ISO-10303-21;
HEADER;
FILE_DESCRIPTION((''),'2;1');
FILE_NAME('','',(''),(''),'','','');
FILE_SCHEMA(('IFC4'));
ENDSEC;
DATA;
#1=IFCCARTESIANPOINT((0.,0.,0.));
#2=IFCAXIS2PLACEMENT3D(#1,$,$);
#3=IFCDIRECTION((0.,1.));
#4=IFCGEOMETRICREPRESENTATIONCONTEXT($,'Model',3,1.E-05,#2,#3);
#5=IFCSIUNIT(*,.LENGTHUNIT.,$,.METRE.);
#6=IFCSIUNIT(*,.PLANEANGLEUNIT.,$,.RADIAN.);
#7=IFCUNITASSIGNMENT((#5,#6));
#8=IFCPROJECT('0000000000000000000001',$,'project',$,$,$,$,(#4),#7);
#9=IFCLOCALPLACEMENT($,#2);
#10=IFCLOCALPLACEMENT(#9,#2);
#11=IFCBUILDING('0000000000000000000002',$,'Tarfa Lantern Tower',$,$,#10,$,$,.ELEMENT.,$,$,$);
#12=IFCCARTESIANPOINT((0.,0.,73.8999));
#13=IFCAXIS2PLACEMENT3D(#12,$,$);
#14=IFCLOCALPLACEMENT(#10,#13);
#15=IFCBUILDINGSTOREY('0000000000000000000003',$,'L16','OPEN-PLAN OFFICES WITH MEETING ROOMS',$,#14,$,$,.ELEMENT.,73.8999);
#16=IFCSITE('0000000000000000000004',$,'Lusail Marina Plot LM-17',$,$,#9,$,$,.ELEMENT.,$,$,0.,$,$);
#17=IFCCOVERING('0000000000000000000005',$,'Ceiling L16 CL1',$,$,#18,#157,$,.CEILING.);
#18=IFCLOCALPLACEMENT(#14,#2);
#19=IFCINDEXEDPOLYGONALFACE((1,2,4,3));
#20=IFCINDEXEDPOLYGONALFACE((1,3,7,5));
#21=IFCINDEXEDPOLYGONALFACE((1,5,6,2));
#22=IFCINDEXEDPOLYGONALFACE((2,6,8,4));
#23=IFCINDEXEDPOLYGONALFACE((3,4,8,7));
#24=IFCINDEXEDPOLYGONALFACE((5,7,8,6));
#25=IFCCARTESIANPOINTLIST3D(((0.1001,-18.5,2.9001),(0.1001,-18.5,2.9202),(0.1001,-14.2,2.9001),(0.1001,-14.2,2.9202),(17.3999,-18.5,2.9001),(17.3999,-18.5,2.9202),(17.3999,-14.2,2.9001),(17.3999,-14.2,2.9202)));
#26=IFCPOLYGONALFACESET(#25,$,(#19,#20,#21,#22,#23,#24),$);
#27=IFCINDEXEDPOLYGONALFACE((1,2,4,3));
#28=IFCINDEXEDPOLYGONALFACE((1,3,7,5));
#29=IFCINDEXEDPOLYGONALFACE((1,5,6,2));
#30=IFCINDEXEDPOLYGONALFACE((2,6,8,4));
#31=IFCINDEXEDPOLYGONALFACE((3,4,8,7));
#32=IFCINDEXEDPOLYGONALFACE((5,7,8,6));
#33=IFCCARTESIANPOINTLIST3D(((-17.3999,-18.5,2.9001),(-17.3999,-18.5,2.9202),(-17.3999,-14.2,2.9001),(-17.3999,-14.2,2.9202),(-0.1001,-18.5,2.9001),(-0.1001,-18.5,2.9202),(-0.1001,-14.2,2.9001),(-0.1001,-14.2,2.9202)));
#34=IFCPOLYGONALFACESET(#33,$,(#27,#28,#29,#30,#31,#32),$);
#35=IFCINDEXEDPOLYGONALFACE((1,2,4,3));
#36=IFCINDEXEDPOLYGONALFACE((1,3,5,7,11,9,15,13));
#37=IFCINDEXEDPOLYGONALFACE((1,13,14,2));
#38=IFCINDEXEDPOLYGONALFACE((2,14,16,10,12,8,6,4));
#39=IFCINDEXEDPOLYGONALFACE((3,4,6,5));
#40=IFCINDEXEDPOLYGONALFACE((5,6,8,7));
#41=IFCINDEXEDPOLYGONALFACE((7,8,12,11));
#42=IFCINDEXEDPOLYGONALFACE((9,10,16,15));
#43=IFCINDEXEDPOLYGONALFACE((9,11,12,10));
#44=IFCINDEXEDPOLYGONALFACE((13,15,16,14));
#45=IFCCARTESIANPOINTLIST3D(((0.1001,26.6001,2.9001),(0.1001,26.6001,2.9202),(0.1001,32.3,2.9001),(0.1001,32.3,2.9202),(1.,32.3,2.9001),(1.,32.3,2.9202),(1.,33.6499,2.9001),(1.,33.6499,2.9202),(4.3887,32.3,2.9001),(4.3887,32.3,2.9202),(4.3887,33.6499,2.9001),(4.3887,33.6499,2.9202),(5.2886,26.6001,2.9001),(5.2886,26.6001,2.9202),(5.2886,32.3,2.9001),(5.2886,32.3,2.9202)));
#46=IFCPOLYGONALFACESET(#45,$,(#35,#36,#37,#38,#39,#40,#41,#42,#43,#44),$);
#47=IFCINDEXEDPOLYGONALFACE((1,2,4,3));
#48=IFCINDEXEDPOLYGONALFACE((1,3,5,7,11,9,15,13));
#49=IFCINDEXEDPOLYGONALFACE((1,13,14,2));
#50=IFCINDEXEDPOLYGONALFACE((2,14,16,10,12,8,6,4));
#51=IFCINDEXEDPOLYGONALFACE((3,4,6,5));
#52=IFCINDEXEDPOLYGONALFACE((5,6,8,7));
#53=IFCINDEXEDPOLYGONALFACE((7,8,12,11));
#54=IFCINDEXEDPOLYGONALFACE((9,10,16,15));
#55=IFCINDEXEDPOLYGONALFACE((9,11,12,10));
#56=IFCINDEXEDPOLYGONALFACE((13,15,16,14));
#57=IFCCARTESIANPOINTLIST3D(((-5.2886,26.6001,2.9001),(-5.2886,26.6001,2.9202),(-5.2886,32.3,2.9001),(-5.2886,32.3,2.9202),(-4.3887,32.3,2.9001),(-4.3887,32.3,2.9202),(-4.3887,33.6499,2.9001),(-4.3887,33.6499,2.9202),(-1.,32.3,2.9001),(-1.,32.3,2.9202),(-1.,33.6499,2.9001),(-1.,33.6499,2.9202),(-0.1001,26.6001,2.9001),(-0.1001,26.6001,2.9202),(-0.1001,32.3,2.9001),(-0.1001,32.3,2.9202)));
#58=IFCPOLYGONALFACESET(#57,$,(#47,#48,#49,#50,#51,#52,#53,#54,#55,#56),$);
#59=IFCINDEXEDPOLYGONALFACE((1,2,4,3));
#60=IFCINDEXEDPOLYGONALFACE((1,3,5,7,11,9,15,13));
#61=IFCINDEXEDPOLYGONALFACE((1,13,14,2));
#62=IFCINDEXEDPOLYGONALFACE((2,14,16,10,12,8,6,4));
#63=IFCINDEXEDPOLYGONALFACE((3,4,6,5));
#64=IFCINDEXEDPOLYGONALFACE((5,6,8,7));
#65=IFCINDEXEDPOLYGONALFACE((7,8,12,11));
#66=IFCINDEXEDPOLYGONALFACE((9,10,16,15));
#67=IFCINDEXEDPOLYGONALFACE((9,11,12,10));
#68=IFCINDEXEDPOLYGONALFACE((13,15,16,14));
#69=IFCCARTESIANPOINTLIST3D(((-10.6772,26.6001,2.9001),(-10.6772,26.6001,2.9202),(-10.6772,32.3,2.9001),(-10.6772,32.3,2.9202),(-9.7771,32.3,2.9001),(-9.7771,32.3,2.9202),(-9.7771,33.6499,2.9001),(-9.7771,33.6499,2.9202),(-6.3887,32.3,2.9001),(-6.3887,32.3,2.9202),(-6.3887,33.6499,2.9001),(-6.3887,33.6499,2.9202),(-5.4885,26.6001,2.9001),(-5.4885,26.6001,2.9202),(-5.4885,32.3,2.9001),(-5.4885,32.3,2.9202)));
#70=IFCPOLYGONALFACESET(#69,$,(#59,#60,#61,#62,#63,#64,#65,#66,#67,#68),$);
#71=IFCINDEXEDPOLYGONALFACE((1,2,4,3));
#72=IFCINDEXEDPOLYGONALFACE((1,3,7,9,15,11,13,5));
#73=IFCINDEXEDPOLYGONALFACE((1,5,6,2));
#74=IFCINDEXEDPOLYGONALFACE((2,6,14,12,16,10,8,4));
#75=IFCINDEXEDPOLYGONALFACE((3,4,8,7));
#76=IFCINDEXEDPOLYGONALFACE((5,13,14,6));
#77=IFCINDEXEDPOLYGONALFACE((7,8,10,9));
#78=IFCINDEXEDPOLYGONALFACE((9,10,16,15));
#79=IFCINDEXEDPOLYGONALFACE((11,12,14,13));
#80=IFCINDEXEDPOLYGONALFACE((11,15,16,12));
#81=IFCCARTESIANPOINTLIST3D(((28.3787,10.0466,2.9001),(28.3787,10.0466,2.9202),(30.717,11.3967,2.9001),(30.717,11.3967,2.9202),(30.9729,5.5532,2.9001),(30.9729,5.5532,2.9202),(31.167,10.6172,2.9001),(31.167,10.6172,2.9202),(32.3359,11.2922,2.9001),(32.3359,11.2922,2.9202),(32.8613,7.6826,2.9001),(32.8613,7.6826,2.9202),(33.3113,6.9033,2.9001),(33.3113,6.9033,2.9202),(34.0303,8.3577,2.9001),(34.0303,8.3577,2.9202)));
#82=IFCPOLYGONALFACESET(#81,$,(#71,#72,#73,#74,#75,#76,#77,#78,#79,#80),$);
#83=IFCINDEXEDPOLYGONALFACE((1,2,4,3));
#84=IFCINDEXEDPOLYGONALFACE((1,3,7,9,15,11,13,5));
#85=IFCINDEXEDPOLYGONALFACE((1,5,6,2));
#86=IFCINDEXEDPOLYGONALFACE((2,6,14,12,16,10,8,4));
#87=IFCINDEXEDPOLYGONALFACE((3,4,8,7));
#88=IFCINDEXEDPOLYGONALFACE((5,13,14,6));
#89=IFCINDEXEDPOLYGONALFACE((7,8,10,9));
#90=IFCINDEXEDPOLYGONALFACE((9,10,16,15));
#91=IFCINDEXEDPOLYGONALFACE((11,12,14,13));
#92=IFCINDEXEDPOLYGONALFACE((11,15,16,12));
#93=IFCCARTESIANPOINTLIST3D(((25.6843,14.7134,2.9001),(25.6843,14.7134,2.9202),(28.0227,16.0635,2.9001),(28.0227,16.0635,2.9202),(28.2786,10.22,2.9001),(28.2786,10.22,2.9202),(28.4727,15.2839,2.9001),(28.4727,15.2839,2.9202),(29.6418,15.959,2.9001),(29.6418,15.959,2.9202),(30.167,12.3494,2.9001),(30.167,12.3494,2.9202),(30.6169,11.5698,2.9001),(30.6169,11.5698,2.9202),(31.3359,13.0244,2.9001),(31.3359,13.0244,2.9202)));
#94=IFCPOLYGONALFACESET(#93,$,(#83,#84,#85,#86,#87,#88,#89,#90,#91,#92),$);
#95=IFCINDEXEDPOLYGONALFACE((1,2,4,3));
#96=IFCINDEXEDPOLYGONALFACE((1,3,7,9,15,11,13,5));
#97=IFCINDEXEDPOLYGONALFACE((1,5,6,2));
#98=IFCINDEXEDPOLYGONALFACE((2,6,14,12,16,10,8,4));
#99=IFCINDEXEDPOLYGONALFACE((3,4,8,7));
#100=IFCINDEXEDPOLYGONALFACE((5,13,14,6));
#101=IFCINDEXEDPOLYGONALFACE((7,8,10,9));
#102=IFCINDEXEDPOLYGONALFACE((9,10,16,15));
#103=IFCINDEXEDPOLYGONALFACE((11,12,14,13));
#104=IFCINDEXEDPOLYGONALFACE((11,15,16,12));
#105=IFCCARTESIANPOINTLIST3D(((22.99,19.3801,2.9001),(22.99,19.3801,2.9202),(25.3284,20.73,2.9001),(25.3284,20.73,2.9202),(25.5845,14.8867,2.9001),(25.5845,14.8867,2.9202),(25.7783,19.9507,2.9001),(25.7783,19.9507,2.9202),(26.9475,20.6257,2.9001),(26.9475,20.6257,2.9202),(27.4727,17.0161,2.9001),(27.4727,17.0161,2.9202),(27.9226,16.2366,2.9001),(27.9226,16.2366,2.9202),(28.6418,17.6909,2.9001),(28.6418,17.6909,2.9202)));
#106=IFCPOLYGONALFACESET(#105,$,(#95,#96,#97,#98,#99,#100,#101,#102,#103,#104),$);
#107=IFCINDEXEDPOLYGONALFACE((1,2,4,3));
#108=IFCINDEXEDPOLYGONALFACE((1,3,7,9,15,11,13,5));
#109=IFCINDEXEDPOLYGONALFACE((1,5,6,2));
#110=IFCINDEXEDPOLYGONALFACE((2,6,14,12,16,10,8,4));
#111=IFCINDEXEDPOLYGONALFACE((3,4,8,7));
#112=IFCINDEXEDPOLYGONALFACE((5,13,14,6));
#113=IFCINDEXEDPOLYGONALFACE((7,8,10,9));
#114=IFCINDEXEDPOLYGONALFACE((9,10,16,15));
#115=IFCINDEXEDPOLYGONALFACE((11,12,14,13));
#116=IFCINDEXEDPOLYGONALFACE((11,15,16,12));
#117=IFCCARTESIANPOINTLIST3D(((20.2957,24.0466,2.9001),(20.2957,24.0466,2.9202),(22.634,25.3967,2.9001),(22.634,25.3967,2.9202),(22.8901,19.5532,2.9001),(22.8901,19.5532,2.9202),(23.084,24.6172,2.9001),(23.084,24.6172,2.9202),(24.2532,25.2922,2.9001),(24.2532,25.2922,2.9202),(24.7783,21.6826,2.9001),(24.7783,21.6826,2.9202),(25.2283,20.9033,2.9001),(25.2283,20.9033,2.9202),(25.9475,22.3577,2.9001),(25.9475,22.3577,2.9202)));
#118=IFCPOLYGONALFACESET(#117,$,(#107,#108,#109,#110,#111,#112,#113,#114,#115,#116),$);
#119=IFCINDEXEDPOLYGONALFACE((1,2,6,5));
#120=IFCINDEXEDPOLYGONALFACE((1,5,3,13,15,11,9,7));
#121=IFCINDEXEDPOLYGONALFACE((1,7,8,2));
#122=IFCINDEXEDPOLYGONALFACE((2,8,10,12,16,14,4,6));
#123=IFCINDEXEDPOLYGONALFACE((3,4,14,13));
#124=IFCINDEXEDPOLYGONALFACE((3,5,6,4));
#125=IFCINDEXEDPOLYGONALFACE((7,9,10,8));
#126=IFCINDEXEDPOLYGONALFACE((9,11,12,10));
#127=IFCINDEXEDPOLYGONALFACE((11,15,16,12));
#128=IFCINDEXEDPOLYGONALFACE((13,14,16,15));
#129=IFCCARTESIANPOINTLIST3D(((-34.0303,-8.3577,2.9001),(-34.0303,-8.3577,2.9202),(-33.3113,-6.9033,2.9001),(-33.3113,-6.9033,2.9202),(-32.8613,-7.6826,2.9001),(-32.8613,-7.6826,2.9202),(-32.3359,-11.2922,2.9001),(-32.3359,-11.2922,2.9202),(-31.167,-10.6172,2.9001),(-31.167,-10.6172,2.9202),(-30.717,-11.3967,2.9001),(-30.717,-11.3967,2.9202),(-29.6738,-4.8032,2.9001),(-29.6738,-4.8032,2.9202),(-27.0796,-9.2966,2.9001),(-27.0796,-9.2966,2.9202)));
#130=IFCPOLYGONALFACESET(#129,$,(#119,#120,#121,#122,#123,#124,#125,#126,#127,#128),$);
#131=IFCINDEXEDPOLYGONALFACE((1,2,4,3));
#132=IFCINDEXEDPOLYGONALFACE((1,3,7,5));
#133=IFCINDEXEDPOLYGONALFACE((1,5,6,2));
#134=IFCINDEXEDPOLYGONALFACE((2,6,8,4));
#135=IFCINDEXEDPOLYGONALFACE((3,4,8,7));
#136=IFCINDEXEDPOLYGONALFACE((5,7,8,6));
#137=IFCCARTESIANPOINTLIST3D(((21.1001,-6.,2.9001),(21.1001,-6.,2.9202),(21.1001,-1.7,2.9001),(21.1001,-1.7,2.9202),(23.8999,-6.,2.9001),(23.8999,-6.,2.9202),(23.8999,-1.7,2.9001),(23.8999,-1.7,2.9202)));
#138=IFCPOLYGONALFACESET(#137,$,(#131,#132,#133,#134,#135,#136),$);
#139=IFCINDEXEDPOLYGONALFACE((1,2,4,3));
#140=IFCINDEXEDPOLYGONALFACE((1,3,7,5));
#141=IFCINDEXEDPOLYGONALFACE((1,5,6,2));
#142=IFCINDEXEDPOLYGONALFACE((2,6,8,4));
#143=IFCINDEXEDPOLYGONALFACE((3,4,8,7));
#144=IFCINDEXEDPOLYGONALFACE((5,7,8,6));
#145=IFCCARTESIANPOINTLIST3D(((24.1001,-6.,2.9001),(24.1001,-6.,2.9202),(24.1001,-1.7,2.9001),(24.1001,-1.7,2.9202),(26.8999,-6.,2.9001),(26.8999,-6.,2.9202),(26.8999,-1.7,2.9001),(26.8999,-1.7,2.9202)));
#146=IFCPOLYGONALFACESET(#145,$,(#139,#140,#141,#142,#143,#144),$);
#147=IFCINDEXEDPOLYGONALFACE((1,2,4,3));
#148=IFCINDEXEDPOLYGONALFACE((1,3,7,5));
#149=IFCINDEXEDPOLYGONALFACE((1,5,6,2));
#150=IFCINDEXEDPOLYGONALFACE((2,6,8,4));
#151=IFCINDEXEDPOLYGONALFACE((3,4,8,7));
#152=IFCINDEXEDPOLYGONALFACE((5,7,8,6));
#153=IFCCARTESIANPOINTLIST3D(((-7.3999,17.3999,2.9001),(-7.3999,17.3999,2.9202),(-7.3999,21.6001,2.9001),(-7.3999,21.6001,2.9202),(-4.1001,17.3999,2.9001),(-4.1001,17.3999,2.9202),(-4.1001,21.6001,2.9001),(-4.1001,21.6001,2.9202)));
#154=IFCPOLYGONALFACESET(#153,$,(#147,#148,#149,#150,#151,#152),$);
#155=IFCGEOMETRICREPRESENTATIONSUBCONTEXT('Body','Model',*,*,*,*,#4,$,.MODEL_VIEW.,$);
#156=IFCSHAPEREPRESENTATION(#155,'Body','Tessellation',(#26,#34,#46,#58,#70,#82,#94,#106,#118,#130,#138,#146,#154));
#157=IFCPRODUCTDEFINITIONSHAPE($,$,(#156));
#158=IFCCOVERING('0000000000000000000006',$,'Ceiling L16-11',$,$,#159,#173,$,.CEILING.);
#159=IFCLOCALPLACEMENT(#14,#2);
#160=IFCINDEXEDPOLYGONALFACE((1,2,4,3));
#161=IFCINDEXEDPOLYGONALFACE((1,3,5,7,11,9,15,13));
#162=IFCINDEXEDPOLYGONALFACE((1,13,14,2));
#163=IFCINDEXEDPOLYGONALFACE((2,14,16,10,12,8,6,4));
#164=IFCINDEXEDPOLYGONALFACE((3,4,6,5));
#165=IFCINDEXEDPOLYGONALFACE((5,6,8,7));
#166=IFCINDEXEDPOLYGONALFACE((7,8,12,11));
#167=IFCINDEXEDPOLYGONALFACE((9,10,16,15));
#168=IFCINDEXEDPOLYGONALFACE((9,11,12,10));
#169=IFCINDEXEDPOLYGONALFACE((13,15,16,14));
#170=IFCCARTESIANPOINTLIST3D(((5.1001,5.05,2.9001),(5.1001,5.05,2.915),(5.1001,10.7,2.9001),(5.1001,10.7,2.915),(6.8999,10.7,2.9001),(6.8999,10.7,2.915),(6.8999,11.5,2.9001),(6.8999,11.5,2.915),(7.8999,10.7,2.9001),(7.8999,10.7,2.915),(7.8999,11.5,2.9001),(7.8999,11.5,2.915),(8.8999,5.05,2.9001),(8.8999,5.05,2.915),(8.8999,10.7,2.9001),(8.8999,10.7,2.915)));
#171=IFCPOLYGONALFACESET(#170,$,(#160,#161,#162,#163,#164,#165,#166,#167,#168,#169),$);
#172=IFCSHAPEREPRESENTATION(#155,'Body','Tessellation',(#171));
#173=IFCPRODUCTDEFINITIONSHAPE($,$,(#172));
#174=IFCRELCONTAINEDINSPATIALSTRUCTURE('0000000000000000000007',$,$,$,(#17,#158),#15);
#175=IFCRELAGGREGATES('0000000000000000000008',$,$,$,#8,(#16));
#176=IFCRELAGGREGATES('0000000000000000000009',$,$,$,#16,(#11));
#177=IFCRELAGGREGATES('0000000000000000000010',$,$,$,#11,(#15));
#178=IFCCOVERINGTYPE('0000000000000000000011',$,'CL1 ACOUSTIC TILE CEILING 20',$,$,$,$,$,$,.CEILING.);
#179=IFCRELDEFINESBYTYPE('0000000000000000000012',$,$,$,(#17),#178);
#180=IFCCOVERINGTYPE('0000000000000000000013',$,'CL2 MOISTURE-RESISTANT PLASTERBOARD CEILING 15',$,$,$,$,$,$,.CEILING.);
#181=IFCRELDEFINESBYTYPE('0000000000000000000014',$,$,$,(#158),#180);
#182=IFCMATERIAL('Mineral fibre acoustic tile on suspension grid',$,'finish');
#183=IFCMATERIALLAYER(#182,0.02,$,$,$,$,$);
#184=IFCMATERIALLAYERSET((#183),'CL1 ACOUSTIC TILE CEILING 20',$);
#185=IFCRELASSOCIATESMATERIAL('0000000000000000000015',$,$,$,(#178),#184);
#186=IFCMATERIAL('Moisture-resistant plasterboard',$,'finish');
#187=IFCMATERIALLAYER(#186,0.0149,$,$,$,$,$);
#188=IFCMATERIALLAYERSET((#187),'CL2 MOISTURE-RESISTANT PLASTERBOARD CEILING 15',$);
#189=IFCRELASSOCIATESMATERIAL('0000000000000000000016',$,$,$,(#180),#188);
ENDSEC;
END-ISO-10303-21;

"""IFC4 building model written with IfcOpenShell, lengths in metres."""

from ifc_helpers import new_model, si_unit, direction, frame, origin, place, context, subcontext, project, spatial, polyline, outline, extrude, material, layer, layer_set, type_object, element, save


model = new_model("IFC4")

# Units and contexts
model_context = context("Model", 3, precision=1e-05, world=origin(), true_north=direction((0.0, 1.0)))
body_context = subcontext(model_context, "Body", "Model", "MODEL_VIEW")
ifc_project = project(units=[si_unit("LENGTHUNIT", "METRE"), si_unit("PLANEANGLEUNIT", "RADIAN")], contexts=[model_context])

# Site, building, storey
site_placement = place(None, origin())
site = spatial("IfcSite", under=ifc_project, at=site_placement, Name="Lusail Marina Plot LM-17", CompositionType="ELEMENT", RefElevation=0.0)
building_placement = place(site_placement, origin())
building = spatial("IfcBuilding", under=site, at=building_placement, Name="Tarfa Lantern Tower", CompositionType="ELEMENT")
storey_placement = place(building_placement, frame((0.0, 0.0, 73.8999)))
storey = spatial("IfcBuildingStorey", under=building, at=storey_placement, Name="L16", Description="OPEN-PLAN OFFICES WITH MEETING ROOMS", CompositionType="ELEMENT", Elevation=73.8999)

# Coverings
ifc_material_1 = material(Name="Mineral fibre acoustic tile on suspension grid", Category="finish")
ifc_layer_1 = layer(ifc_material_1, 0.02)
ifc_layer_set_1 = layer_set([ifc_layer_1], Name="CL1 ACOUSTIC TILE CEILING 20")
covering_type_1 = type_object("IfcCoveringType", Name="CL1 ACOUSTIC TILE CEILING 20", PredefinedType="CEILING", material=ifc_layer_set_1)
covering_1_placement = place(storey_placement, frame((0.0, 0.0, 2.9001)))
element("IfcCovering", 1, at=covering_1_placement, inside=storey, type_object=covering_type_1, Name="Ceiling L16 CL1", PredefinedType="CEILING", context=body_context, shape_type="SweptSolid", body=[
    extrude(outline(polyline([(0.1001, -14.2), (17.3999, -14.2), (17.3999, -18.5), (0.1001, -18.5), (0.1001, -14.2)])), origin(), (0.0, 0.0, 1.0), 0.02),
    extrude(outline(polyline([(-17.3999, -14.2), (-0.1001, -14.2), (-0.1001, -18.5), (-17.3999, -18.5), (-17.3999, -14.2)])), origin(), (0.0, 0.0, 1.0), 0.02),
    extrude(outline(polyline([(5.2886, 26.6001), (0.1001, 26.6001), (0.1001, 32.3), (1.0, 32.3), (1.0, 33.6499), (4.3887, 33.6499), (4.3887, 32.3), (5.2886, 32.3), (5.2886, 26.6001)])), origin(), (0.0, 0.0, 1.0), 0.02),
    extrude(outline(polyline([(-0.1001, 26.6001), (-5.2886, 26.6001), (-5.2886, 32.3), (-4.3887, 32.3), (-4.3887, 33.6499), (-1.0, 33.6499), (-1.0, 32.3), (-0.1001, 32.3), (-0.1001, 26.6001)])), origin(), (0.0, 0.0, 1.0), 0.02),
    extrude(outline(polyline([(-5.4885, 26.6001), (-10.6772, 26.6001), (-10.6772, 32.3), (-9.7771, 32.3), (-9.7771, 33.6499), (-6.3887, 33.6499), (-6.3887, 32.3), (-5.4885, 32.3), (-5.4885, 26.6001)])), origin(), (0.0, 0.0, 1.0), 0.02),
    extrude(outline(polyline([(28.3787, 10.0466), (30.717, 11.3967), (31.167, 10.6172), (32.3359, 11.2922), (34.0303, 8.3577), (32.8613, 7.6826), (33.3113, 6.9033), (30.9729, 5.5532), (28.3787, 10.0466)])), origin(), (0.0, 0.0, 1.0), 0.02),
    extrude(outline(polyline([(25.6843, 14.7134), (28.0227, 16.0635), (28.4727, 15.2839), (29.6418, 15.959), (31.3359, 13.0244), (30.167, 12.3494), (30.6169, 11.5698), (28.2786, 10.22), (25.6843, 14.7134)])), origin(), (0.0, 0.0, 1.0), 0.02),
    extrude(outline(polyline([(22.99, 19.3801), (25.3284, 20.73), (25.7783, 19.9507), (26.9475, 20.6257), (28.6418, 17.6909), (27.4727, 17.0161), (27.9226, 16.2366), (25.5845, 14.8867), (22.99, 19.3801)])), origin(), (0.0, 0.0, 1.0), 0.02),
    extrude(outline(polyline([(20.2957, 24.0466), (22.634, 25.3967), (23.084, 24.6172), (24.2532, 25.2922), (25.9475, 22.3577), (24.7783, 21.6826), (25.2283, 20.9033), (22.8901, 19.5532), (20.2957, 24.0466)])), origin(), (0.0, 0.0, 1.0), 0.02),
    extrude(outline(polyline([(-27.0796, -9.2966), (-30.717, -11.3967), (-31.167, -10.6172), (-32.3359, -11.2922), (-34.0303, -8.3577), (-32.8613, -7.6826), (-33.3113, -6.9033), (-29.6738, -4.8032), (-27.0796, -9.2966)])), origin(), (0.0, 0.0, 1.0), 0.02),
    extrude(outline(polyline([(21.1001, -1.7), (23.8999, -1.7), (23.8999, -6.0), (21.1001, -6.0), (21.1001, -1.7)])), origin(), (0.0, 0.0, 1.0), 0.02),
    extrude(outline(polyline([(24.1001, -1.7), (26.8999, -1.7), (26.8999, -6.0), (24.1001, -6.0), (24.1001, -1.7)])), origin(), (0.0, 0.0, 1.0), 0.02),
    extrude(outline(polyline([(-7.3999, 21.6001), (-4.1001, 21.6001), (-4.1001, 17.3999), (-7.3999, 17.3999), (-7.3999, 21.6001)])), origin(), (0.0, 0.0, 1.0), 0.02),
])
ifc_material_2 = material(Name="Moisture-resistant plasterboard", Category="finish")
ifc_layer_2 = layer(ifc_material_2, 0.0149)
ifc_layer_set_2 = layer_set([ifc_layer_2], Name="CL2 MOISTURE-RESISTANT PLASTERBOARD CEILING 15")
covering_type_2 = type_object("IfcCoveringType", Name="CL2 MOISTURE-RESISTANT PLASTERBOARD CEILING 15", PredefinedType="CEILING", material=ifc_layer_set_2)
covering_2_placement = place(storey_placement, frame((0.0, 0.0, 2.9001)))
element("IfcCovering", 2, at=covering_2_placement, inside=storey, type_object=covering_type_2, Name="Ceiling L16-11", PredefinedType="CEILING", context=body_context, shape_type="SweptSolid", body=[
    extrude(outline(polyline([(5.1001, 5.05), (8.8999, 5.05), (8.8999, 10.7), (7.8999, 10.7), (7.8999, 11.5), (6.8999, 11.5), (6.8999, 10.7), (5.1001, 10.7), (5.1001, 5.05)])), origin(), (0.0, 0.0, 1.0), 0.0149),
])

save(model, "model.ifc")
